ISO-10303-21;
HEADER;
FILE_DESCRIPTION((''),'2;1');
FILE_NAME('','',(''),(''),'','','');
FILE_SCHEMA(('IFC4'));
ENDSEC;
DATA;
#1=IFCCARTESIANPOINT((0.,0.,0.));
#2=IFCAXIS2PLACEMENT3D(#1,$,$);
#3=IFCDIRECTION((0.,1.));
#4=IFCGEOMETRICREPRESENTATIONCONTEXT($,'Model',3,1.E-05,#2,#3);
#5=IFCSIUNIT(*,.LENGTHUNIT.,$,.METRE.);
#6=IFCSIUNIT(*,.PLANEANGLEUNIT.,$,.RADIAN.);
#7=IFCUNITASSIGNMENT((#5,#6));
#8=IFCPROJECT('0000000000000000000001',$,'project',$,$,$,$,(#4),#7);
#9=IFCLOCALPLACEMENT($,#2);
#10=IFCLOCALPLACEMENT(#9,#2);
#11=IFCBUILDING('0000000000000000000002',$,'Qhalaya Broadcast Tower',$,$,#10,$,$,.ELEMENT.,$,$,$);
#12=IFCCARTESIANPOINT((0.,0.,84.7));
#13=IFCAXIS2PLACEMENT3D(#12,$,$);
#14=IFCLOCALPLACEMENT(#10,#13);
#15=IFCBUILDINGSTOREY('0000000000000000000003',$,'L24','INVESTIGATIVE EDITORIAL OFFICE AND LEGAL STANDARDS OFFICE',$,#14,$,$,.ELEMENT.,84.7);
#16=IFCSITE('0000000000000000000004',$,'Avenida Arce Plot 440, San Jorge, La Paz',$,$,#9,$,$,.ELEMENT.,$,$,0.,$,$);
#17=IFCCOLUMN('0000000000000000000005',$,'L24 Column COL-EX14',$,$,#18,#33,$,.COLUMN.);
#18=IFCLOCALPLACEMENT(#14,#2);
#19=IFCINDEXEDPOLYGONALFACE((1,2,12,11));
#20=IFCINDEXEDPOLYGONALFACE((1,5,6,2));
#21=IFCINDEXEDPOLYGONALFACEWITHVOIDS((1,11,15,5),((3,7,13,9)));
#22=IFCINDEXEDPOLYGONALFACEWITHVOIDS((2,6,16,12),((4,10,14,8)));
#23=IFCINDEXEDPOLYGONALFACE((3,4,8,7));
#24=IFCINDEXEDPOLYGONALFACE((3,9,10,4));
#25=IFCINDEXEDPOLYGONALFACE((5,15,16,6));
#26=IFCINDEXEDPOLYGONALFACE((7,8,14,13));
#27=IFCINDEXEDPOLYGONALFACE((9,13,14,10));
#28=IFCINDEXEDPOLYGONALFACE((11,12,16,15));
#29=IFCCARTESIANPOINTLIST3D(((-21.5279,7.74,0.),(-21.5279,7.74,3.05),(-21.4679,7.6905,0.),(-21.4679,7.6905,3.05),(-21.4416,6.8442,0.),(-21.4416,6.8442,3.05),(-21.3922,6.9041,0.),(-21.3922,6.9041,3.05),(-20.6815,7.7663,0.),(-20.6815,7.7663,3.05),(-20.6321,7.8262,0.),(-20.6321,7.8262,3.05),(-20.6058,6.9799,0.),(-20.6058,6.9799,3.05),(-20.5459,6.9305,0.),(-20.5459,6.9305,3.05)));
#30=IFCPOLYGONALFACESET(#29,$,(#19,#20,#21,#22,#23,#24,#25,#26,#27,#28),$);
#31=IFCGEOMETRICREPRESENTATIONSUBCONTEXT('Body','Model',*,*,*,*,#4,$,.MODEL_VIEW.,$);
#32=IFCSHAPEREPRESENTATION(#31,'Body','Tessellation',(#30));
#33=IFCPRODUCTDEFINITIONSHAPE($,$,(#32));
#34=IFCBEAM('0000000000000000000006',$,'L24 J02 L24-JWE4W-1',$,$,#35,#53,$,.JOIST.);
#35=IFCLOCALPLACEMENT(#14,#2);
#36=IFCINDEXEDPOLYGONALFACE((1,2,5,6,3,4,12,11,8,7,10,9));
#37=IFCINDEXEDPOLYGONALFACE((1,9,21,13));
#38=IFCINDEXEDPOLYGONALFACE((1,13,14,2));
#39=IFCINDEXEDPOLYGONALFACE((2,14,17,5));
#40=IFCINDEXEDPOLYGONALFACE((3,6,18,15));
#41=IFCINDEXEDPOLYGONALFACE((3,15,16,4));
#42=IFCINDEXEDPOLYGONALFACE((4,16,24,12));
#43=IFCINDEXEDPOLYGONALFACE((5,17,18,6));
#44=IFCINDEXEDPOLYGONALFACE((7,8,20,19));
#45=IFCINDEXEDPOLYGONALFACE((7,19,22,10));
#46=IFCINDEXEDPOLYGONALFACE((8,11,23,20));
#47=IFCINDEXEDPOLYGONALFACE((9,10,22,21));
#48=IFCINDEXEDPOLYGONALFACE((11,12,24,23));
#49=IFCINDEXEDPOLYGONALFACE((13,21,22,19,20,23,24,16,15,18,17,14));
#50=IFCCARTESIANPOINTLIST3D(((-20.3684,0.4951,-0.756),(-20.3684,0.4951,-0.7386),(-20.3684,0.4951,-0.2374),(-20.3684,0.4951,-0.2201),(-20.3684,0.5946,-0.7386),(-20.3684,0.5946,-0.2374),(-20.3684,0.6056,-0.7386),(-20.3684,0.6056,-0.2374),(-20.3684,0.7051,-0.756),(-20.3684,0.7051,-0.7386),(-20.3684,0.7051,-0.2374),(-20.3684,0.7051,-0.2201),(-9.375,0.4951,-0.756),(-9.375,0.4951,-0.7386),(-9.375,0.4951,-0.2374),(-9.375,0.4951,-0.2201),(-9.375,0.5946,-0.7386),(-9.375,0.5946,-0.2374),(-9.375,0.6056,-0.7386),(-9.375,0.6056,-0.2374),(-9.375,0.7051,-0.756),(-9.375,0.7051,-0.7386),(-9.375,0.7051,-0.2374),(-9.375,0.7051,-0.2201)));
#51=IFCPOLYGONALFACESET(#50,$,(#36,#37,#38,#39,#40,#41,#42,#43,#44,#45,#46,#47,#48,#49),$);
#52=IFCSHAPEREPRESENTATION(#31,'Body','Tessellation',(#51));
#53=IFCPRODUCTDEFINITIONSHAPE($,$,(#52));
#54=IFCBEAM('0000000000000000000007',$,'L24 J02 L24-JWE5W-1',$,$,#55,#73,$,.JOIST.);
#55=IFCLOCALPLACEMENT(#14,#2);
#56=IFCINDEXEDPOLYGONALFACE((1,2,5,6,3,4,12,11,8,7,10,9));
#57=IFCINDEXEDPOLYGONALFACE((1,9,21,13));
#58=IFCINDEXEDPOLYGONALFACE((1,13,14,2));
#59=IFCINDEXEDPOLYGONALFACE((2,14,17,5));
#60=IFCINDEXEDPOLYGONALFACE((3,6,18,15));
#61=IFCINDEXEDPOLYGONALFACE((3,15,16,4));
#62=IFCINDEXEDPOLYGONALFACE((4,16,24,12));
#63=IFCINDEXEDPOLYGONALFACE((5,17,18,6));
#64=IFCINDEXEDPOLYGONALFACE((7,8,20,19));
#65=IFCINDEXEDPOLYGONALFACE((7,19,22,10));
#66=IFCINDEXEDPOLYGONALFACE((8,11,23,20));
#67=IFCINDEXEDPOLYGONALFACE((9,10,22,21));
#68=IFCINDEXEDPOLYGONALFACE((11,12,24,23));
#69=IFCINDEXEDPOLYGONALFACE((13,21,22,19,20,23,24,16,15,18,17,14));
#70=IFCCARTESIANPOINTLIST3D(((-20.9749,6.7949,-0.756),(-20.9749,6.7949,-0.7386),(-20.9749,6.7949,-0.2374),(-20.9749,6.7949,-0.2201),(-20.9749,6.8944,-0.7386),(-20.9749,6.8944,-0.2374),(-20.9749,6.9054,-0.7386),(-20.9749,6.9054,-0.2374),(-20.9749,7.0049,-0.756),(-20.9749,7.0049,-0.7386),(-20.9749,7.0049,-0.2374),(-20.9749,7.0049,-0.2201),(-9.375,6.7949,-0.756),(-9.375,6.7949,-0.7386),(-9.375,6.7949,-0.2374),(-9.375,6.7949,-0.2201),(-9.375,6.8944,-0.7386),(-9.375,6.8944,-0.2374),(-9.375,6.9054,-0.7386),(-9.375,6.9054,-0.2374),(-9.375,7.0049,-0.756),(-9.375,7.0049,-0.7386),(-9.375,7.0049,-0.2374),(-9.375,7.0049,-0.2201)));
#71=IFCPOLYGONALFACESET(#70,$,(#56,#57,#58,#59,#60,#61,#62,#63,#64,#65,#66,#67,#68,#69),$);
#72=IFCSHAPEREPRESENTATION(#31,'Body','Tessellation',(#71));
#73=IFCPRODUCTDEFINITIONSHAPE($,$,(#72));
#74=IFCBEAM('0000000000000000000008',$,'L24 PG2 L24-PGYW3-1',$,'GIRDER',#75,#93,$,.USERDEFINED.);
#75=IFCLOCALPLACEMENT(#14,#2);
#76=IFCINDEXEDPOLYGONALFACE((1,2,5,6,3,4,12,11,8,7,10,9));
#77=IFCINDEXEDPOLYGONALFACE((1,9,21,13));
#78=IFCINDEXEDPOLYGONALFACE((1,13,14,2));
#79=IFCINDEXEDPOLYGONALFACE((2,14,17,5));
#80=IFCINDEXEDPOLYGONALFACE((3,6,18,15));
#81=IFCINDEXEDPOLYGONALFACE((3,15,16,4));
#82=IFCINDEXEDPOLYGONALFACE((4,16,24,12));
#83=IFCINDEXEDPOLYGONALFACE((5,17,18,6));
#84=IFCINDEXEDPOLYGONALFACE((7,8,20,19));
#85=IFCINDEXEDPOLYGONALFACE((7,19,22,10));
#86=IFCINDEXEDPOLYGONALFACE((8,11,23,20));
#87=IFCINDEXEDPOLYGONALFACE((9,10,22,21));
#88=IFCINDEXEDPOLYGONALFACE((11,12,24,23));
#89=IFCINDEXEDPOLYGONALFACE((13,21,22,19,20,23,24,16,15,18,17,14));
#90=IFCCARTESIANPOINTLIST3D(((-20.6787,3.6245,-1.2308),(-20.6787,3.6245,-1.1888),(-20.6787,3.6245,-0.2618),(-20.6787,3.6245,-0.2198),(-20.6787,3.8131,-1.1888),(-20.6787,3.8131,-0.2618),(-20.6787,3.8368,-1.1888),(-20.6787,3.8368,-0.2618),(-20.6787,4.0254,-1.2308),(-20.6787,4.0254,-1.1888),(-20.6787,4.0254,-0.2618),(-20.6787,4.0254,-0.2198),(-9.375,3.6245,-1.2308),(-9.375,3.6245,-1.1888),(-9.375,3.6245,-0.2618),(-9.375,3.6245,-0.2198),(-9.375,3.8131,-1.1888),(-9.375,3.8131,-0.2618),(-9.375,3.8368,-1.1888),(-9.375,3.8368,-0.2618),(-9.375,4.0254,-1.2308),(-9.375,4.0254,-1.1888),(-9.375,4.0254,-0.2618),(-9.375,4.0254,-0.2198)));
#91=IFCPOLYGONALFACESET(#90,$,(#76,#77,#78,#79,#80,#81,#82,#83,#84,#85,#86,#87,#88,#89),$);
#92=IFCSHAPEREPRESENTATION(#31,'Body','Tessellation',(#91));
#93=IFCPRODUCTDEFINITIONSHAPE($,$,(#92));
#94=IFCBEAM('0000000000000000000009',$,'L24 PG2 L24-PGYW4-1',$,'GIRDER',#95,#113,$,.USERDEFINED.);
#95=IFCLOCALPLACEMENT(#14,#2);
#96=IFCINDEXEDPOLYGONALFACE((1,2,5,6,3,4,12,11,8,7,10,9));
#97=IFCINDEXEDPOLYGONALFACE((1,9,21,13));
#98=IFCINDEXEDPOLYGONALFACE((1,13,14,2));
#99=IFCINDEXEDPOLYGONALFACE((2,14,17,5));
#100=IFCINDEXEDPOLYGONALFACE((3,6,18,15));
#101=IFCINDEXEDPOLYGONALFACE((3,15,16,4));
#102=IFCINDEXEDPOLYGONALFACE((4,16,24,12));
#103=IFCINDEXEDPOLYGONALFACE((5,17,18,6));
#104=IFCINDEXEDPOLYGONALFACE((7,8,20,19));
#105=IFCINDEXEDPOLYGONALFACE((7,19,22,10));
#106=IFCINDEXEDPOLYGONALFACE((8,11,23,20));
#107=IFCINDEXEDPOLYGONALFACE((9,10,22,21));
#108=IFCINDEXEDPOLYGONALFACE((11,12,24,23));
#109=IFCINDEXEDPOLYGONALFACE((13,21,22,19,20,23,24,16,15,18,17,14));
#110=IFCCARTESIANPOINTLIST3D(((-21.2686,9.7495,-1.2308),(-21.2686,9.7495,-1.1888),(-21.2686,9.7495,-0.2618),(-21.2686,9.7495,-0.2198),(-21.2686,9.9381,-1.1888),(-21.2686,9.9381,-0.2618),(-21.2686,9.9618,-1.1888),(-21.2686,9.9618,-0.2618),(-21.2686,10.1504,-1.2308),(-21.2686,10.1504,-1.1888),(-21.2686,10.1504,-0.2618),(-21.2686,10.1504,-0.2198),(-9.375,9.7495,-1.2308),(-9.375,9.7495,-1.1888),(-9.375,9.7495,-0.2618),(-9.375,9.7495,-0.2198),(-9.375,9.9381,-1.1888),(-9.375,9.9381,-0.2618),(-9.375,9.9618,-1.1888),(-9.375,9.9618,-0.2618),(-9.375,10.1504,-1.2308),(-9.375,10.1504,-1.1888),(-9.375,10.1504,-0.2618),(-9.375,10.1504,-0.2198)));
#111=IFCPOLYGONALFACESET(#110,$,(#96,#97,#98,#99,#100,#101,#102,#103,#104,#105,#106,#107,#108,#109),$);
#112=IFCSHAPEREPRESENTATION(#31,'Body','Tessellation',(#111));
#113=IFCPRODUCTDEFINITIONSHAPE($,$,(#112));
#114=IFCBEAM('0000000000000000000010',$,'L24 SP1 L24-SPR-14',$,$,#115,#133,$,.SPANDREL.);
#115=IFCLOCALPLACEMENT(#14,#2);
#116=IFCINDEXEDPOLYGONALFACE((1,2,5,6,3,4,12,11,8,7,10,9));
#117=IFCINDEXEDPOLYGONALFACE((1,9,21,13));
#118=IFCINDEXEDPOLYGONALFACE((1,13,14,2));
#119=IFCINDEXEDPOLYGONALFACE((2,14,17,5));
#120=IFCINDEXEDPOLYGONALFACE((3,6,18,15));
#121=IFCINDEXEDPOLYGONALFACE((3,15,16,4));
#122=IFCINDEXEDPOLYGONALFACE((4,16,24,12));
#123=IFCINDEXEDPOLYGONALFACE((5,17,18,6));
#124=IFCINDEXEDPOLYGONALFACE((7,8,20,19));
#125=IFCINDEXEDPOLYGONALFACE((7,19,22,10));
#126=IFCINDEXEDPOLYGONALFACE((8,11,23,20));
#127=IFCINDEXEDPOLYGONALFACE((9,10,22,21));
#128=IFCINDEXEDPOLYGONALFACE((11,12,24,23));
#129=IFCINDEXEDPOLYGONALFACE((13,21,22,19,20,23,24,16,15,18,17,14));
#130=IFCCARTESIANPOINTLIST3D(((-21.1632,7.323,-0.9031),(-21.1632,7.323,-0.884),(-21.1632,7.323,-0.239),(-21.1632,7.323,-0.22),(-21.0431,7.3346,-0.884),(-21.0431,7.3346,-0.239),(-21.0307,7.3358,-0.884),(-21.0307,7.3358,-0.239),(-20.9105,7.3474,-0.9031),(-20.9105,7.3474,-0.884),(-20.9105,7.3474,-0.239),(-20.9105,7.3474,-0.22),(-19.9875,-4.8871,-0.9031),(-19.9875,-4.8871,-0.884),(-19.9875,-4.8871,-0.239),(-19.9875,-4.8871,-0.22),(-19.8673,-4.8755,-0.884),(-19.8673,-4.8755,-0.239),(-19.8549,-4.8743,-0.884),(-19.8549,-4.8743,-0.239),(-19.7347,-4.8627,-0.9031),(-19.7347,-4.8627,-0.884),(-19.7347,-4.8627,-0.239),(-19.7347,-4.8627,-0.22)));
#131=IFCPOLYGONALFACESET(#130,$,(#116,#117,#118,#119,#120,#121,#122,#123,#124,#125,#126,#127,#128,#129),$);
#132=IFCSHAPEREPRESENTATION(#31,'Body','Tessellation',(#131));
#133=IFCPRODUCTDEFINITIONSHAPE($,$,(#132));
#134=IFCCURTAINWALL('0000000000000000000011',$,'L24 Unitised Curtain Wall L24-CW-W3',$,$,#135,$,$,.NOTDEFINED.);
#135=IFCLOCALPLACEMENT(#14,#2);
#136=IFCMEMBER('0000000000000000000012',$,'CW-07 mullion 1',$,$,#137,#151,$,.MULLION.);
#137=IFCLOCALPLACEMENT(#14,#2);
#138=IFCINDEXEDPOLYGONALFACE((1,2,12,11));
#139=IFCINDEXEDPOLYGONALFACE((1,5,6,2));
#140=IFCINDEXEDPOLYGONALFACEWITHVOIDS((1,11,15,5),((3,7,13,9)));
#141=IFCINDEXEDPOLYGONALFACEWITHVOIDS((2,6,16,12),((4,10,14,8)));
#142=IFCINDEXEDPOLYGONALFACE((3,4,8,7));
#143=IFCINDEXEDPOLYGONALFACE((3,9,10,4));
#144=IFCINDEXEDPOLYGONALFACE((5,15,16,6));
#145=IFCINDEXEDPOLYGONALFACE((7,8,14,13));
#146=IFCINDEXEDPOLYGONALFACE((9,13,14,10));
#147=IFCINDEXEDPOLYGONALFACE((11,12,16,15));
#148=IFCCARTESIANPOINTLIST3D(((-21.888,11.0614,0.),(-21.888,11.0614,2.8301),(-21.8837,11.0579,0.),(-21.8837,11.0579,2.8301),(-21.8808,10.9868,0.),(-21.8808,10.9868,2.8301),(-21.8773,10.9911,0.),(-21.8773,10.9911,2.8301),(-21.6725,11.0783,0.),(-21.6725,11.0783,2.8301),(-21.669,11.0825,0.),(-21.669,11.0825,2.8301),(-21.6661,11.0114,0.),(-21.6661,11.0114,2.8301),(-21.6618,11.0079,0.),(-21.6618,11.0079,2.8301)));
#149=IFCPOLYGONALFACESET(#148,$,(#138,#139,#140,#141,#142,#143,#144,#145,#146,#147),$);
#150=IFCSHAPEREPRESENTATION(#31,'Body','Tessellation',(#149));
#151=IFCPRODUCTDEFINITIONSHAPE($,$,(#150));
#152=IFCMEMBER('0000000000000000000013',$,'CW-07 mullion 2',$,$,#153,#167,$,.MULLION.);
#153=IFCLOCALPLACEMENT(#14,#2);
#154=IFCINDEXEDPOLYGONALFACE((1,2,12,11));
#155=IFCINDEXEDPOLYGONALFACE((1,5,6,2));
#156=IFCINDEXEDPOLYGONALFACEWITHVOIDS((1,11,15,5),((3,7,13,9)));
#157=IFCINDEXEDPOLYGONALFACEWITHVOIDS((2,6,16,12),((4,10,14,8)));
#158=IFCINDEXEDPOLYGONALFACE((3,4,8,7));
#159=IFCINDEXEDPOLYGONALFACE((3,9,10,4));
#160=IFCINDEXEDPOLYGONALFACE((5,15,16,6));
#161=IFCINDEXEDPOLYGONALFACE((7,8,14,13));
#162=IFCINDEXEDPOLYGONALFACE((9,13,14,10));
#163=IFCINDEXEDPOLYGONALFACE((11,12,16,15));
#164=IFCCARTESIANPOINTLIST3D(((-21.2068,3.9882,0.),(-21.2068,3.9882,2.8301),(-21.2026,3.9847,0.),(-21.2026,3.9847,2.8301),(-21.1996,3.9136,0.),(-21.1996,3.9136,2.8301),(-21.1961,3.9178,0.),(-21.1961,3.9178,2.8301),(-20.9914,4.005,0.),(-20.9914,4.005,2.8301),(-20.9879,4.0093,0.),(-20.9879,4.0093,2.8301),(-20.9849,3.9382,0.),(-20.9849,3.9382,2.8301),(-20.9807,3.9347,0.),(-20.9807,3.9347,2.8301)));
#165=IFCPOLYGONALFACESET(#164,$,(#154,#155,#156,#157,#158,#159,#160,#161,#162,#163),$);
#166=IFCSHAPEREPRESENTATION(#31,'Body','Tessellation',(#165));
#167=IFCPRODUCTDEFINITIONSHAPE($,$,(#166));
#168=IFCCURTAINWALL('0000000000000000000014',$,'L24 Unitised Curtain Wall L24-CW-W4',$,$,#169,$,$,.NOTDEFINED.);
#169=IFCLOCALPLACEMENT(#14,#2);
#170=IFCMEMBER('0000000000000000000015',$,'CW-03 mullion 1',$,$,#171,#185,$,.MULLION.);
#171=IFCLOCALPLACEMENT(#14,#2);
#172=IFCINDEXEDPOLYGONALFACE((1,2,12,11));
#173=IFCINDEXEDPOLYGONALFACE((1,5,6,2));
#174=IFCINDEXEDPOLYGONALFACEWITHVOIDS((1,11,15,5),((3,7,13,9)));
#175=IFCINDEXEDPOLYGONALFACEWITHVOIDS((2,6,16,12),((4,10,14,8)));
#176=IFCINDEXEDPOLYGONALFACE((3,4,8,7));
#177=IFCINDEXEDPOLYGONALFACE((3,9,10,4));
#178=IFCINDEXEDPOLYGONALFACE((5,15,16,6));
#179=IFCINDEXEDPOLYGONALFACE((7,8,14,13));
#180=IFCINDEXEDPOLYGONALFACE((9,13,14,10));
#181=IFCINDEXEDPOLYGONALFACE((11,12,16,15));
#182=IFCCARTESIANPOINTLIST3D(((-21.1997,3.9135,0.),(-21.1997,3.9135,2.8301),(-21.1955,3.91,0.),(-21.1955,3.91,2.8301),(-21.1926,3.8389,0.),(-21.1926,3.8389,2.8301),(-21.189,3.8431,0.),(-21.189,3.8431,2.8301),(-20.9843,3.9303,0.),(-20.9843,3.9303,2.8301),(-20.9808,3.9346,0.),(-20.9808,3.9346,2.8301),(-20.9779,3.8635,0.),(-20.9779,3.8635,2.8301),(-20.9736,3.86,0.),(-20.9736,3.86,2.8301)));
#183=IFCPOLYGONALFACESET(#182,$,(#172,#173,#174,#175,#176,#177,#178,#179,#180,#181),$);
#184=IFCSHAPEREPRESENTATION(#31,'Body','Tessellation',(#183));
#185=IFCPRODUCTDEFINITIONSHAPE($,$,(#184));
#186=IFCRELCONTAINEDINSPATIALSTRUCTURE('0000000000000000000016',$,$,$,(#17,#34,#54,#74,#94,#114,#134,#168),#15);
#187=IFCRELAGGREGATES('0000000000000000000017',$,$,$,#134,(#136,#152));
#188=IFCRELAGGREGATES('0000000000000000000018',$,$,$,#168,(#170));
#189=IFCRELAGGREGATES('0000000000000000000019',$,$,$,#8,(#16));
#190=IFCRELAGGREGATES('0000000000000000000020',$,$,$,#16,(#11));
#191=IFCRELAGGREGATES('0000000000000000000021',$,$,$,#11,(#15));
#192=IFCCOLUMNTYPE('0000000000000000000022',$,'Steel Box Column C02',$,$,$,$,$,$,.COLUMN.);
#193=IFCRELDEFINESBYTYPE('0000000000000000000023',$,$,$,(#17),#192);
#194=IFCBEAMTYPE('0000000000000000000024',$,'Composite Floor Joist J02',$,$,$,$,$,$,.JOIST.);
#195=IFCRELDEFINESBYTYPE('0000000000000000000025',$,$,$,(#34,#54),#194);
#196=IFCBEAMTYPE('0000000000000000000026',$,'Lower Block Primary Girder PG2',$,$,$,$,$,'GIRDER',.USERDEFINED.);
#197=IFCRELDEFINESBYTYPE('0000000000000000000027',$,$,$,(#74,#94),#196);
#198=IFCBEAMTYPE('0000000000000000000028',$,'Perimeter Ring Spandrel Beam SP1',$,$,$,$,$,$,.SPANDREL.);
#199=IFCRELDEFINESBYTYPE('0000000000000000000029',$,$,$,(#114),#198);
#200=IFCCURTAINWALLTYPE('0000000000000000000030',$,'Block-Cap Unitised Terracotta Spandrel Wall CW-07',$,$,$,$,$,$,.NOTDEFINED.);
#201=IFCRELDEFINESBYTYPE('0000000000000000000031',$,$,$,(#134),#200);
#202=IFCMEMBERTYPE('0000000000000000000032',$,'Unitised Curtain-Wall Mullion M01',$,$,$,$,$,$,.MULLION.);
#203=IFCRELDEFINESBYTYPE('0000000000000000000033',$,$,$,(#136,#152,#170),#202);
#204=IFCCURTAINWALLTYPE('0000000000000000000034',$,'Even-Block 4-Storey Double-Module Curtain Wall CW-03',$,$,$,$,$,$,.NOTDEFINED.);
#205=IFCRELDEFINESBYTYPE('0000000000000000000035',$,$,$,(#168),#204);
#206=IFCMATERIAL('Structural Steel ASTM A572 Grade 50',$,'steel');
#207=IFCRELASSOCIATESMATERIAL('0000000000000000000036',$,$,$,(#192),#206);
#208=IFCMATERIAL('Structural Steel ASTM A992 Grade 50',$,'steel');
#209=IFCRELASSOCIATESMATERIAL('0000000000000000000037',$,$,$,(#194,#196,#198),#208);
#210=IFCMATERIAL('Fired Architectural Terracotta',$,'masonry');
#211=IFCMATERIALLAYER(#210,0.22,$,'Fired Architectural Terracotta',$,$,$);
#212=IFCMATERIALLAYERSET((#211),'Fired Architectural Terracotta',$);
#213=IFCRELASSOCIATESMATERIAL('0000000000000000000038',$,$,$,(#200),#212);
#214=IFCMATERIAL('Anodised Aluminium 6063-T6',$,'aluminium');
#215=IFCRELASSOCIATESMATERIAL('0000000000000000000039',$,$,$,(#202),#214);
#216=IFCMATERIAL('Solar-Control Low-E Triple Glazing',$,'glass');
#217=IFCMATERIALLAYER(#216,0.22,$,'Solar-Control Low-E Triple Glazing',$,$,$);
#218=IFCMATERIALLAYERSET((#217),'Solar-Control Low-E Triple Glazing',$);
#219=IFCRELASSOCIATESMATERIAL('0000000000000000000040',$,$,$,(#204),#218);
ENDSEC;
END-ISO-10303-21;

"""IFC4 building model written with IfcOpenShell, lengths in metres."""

from ifc_helpers import new_model, si_unit, direction, frame, origin, origin_2d, place, context, subcontext, project, spatial, hollow_rectangle, i_section, extrude, material, layer, layer_set, material_profile, profile_set, type_object, element, aggregate, save


model = new_model("IFC4")

# Units and contexts
model_context = context("Model", 3, precision=1e-05, world=origin(), true_north=direction((0.0, 1.0)))
body_context = subcontext(model_context, "Body", "Model", "MODEL_VIEW")
ifc_project = project(units=[si_unit("LENGTHUNIT", "METRE"), si_unit("PLANEANGLEUNIT", "RADIAN")], contexts=[model_context])

# Site, building, storey
site_placement = place(None, origin())
site = spatial("IfcSite", under=ifc_project, at=site_placement, Name="Avenida Arce Plot 440, San Jorge, La Paz", CompositionType="ELEMENT", RefElevation=0.0)
building_placement = place(site_placement, origin())
building = spatial("IfcBuilding", under=site, at=building_placement, Name="Qhalaya Broadcast Tower", CompositionType="ELEMENT")
storey_placement = place(building_placement, frame((0.0, 0.0, 84.7)))
storey = spatial("IfcBuildingStorey", under=building, at=storey_placement, Name="L24", Description="INVESTIGATIVE EDITORIAL OFFICE AND LEGAL STANDARDS OFFICE", CompositionType="ELEMENT", Elevation=84.7)

# Column
ifc_material_1 = material(Name="Structural Steel ASTM A572 Grade 50", Category="steel")
ifc_material_profile_1 = material_profile(ifc_material_1, hollow_rectangle(XDim=0.8999, YDim=0.8999, WallThickness=0.0549, at=origin_2d()), Name="BOX 900x900x55")
ifc_profile_set_1 = profile_set([ifc_material_profile_1], Name="Structural Steel ASTM A572 Grade 50")
column_type = type_object("IfcColumnType", Name="Steel Box Column C02", PredefinedType="COLUMN", material=ifc_profile_set_1)
column_placement = place(storey_placement, frame((-21.0369, 7.3352, 0.0), z_axis=(0.0, 0.0, 1.0), x_axis=(-0.095846, 0.995396, 0.0)))
element("IfcColumn", 1, at=column_placement, inside=storey, type_object=column_type, Name="L24 Column COL-EX14", PredefinedType="COLUMN", context=body_context, shape_type="SweptSolid", body=[
    extrude(hollow_rectangle(XDim=0.8999, YDim=0.8999, WallThickness=0.0549, at=origin_2d()), origin(), (0.0, 0.0, 1.0), 3.05),
])

# Beams
ifc_material_2 = material(Name="Structural Steel ASTM A992 Grade 50", Category="steel")
ifc_material_profile_2 = material_profile(ifc_material_2, i_section(OverallWidth=0.21, OverallDepth=0.5359, WebThickness=0.011, FlangeThickness=0.0173, at=origin_2d()), Name="W21X68")
ifc_profile_set_2 = profile_set([ifc_material_profile_2], Name="Structural Steel ASTM A992 Grade 50")
beam_type_1 = type_object("IfcBeamType", Name="Composite Floor Joist J02", PredefinedType="JOIST", material=ifc_profile_set_2)
beam_1_placement = place(storey_placement, frame((-20.3684, 0.6001, -0.488), z_axis=(1.0, 0.0, 0.0), x_axis=(0.0, 1.0, 0.0)))
element("IfcBeam", 2, at=beam_1_placement, inside=storey, type_object=beam_type_1, Name="L24 J02 L24-JWE4W-1", PredefinedType="JOIST", context=body_context, shape_type="SweptSolid", body=[
    extrude(i_section(OverallWidth=0.21, OverallDepth=0.5359, WebThickness=0.011, FlangeThickness=0.0173, at=origin_2d()), origin(), (0.0, 0.0, 1.0), 10.9934),
])
beam_2_placement = place(storey_placement, frame((-20.9749, 6.8999, -0.488), z_axis=(1.0, 0.0, 0.0), x_axis=(0.0, 1.0, 0.0)))
element("IfcBeam", 3, at=beam_2_placement, inside=storey, type_object=beam_type_1, Name="L24 J02 L24-JWE5W-1", PredefinedType="JOIST", context=body_context, shape_type="SweptSolid", body=[
    extrude(i_section(OverallWidth=0.21, OverallDepth=0.5359, WebThickness=0.011, FlangeThickness=0.0173, at=origin_2d()), origin(), (0.0, 0.0, 1.0), 11.5999),
])
ifc_material_profile_3 = material_profile(ifc_material_2, i_section(OverallWidth=0.4009, OverallDepth=1.011, WebThickness=0.0237, FlangeThickness=0.042, at=origin_2d()), Name="W40X297")
ifc_profile_set_3 = profile_set([ifc_material_profile_3], Name="Structural Steel ASTM A992 Grade 50")
beam_type_2 = type_object("IfcBeamType", Name="Lower Block Primary Girder PG2", ElementType="GIRDER", PredefinedType="USERDEFINED", material=ifc_profile_set_3)
beam_3_placement = place(storey_placement, frame((-20.6787, 3.825, -0.7253), z_axis=(1.0, 0.0, 0.0), x_axis=(0.0, 1.0, 0.0)))
element("IfcBeam", 4, at=beam_3_placement, inside=storey, type_object=beam_type_2, Name="L24 PG2 L24-PGYW3-1", ObjectType="GIRDER", PredefinedType="USERDEFINED", context=body_context, shape_type="SweptSolid", body=[
    extrude(i_section(OverallWidth=0.4009, OverallDepth=1.011, WebThickness=0.0237, FlangeThickness=0.042, at=origin_2d()), origin(), (0.0, 0.0, 1.0), 11.3037),
])
beam_4_placement = place(storey_placement, frame((-21.2686, 9.95, -0.7253), z_axis=(1.0, 0.0, 0.0), x_axis=(0.0, 1.0, 0.0)))
element("IfcBeam", 5, at=beam_4_placement, inside=storey, type_object=beam_type_2, Name="L24 PG2 L24-PGYW4-1", ObjectType="GIRDER", PredefinedType="USERDEFINED", context=body_context, shape_type="SweptSolid", body=[
    extrude(i_section(OverallWidth=0.4009, OverallDepth=1.011, WebThickness=0.0237, FlangeThickness=0.042, at=origin_2d()), origin(), (0.0, 0.0, 1.0), 11.8936),
])
ifc_material_profile_4 = material_profile(ifc_material_2, i_section(OverallWidth=0.2539, OverallDepth=0.6831, WebThickness=0.0125, FlangeThickness=0.019, at=origin_2d()), Name="W27X94")
ifc_profile_set_4 = profile_set([ifc_material_profile_4], Name="Structural Steel ASTM A992 Grade 50")
beam_type_3 = type_object("IfcBeamType", Name="Perimeter Ring Spandrel Beam SP1", PredefinedType="SPANDREL", material=ifc_profile_set_4)
beam_5_placement = place(storey_placement, frame((-21.0369, 7.3352, -0.5615), z_axis=(0.095852, -0.995396, 0.0), x_axis=(0.995396, 0.095852, 0.0)))
element("IfcBeam", 6, at=beam_5_placement, inside=storey, type_object=beam_type_3, Name="L24 SP1 L24-SPR-14", PredefinedType="SPANDREL", context=body_context, shape_type="SweptSolid", body=[
    extrude(i_section(OverallWidth=0.2539, OverallDepth=0.6831, WebThickness=0.0125, FlangeThickness=0.019, at=origin_2d()), origin(), (0.0, 0.0, 1.0), 12.2666),
])

# Curtain wall, members
ifc_material_3 = material(Name="Fired Architectural Terracotta", Category="masonry")
ifc_layer_1 = layer(ifc_material_3, 0.22, Name="Fired Architectural Terracotta")
ifc_layer_set_1 = layer_set([ifc_layer_1], Name="Fired Architectural Terracotta")
curtain_wall_type_1 = type_object("IfcCurtainWallType", Name="Block-Cap Unitised Terracotta Spandrel Wall CW-07", PredefinedType="NOTDEFINED", material=ifc_layer_set_1)
curtain_wall_1_placement = place(storey_placement, origin())
curtain_wall_1 = element("IfcCurtainWall", 7, at=curtain_wall_1_placement, inside=storey, type_object=curtain_wall_type_1, Name="L24 Unitised Curtain Wall L24-CW-W3", PredefinedType="NOTDEFINED")
ifc_material_4 = material(Name="Anodised Aluminium 6063-T6", Category="aluminium")
ifc_material_profile_5 = material_profile(ifc_material_4, hollow_rectangle(XDim=0.075, YDim=0.22, WallThickness=0.0039, at=origin_2d()), Name="ALU-MUL 75x220x4")
ifc_profile_set_5 = profile_set([ifc_material_profile_5], Name="Anodised Aluminium 6063-T6")
member_type_1 = type_object("IfcMemberType", Name="Unitised Curtain-Wall Mullion M01", PredefinedType="MULLION", material=ifc_profile_set_5)
member_1_placement = place(storey_placement, frame((-21.7749, 11.0347, 0.0), z_axis=(0.0, 0.0, 1.0), x_axis=(0.095851, -0.995396, 0.0)))
member_1 = element("IfcMember", 8, at=member_1_placement, type_object=member_type_1, Name="CW-07 mullion 1", PredefinedType="MULLION", context=body_context, shape_type="SweptSolid", body=[
    extrude(hollow_rectangle(XDim=0.075, YDim=0.22, WallThickness=0.0039, at=origin_2d()), origin(), (0.0, 0.0, 1.0), 2.8301),
])
member_2_placement = place(storey_placement, frame((-21.0938, 3.9614, 0.0), z_axis=(0.0, 0.0, 1.0), x_axis=(0.095851, -0.995396, 0.0)))
member_2 = element("IfcMember", 9, at=member_2_placement, type_object=member_type_1, Name="CW-07 mullion 2", PredefinedType="MULLION", context=body_context, shape_type="SweptSolid", body=[
    extrude(hollow_rectangle(XDim=0.075, YDim=0.22, WallThickness=0.0039, at=origin_2d()), origin(), (0.0, 0.0, 1.0), 2.8301),
])

# Curtain wall, member
ifc_material_5 = material(Name="Solar-Control Low-E Triple Glazing", Category="glass")
ifc_layer_2 = layer(ifc_material_5, 0.22, Name="Solar-Control Low-E Triple Glazing")
ifc_layer_set_2 = layer_set([ifc_layer_2], Name="Solar-Control Low-E Triple Glazing")
curtain_wall_type_2 = type_object("IfcCurtainWallType", Name="Even-Block 4-Storey Double-Module Curtain Wall CW-03", PredefinedType="NOTDEFINED", material=ifc_layer_set_2)
curtain_wall_2_placement = place(storey_placement, origin())
curtain_wall_2 = element("IfcCurtainWall", 10, at=curtain_wall_2_placement, inside=storey, type_object=curtain_wall_type_2, Name="L24 Unitised Curtain Wall L24-CW-W4", PredefinedType="NOTDEFINED")
member_3_placement = place(storey_placement, frame((-21.0867, 3.8867, 0.0), z_axis=(0.0, 0.0, 1.0), x_axis=(0.095843, -0.995396, 0.0)))
member_3 = element("IfcMember", 11, at=member_3_placement, type_object=member_type_1, Name="CW-03 mullion 1", PredefinedType="MULLION", context=body_context, shape_type="SweptSolid", body=[
    extrude(hollow_rectangle(XDim=0.075, YDim=0.22, WallThickness=0.0039, at=origin_2d()), origin(), (0.0, 0.0, 1.0), 2.8301),
])

aggregate(curtain_wall_1, [member_1, member_2])
aggregate(curtain_wall_2, [member_3])

save(model, "model.ifc")
